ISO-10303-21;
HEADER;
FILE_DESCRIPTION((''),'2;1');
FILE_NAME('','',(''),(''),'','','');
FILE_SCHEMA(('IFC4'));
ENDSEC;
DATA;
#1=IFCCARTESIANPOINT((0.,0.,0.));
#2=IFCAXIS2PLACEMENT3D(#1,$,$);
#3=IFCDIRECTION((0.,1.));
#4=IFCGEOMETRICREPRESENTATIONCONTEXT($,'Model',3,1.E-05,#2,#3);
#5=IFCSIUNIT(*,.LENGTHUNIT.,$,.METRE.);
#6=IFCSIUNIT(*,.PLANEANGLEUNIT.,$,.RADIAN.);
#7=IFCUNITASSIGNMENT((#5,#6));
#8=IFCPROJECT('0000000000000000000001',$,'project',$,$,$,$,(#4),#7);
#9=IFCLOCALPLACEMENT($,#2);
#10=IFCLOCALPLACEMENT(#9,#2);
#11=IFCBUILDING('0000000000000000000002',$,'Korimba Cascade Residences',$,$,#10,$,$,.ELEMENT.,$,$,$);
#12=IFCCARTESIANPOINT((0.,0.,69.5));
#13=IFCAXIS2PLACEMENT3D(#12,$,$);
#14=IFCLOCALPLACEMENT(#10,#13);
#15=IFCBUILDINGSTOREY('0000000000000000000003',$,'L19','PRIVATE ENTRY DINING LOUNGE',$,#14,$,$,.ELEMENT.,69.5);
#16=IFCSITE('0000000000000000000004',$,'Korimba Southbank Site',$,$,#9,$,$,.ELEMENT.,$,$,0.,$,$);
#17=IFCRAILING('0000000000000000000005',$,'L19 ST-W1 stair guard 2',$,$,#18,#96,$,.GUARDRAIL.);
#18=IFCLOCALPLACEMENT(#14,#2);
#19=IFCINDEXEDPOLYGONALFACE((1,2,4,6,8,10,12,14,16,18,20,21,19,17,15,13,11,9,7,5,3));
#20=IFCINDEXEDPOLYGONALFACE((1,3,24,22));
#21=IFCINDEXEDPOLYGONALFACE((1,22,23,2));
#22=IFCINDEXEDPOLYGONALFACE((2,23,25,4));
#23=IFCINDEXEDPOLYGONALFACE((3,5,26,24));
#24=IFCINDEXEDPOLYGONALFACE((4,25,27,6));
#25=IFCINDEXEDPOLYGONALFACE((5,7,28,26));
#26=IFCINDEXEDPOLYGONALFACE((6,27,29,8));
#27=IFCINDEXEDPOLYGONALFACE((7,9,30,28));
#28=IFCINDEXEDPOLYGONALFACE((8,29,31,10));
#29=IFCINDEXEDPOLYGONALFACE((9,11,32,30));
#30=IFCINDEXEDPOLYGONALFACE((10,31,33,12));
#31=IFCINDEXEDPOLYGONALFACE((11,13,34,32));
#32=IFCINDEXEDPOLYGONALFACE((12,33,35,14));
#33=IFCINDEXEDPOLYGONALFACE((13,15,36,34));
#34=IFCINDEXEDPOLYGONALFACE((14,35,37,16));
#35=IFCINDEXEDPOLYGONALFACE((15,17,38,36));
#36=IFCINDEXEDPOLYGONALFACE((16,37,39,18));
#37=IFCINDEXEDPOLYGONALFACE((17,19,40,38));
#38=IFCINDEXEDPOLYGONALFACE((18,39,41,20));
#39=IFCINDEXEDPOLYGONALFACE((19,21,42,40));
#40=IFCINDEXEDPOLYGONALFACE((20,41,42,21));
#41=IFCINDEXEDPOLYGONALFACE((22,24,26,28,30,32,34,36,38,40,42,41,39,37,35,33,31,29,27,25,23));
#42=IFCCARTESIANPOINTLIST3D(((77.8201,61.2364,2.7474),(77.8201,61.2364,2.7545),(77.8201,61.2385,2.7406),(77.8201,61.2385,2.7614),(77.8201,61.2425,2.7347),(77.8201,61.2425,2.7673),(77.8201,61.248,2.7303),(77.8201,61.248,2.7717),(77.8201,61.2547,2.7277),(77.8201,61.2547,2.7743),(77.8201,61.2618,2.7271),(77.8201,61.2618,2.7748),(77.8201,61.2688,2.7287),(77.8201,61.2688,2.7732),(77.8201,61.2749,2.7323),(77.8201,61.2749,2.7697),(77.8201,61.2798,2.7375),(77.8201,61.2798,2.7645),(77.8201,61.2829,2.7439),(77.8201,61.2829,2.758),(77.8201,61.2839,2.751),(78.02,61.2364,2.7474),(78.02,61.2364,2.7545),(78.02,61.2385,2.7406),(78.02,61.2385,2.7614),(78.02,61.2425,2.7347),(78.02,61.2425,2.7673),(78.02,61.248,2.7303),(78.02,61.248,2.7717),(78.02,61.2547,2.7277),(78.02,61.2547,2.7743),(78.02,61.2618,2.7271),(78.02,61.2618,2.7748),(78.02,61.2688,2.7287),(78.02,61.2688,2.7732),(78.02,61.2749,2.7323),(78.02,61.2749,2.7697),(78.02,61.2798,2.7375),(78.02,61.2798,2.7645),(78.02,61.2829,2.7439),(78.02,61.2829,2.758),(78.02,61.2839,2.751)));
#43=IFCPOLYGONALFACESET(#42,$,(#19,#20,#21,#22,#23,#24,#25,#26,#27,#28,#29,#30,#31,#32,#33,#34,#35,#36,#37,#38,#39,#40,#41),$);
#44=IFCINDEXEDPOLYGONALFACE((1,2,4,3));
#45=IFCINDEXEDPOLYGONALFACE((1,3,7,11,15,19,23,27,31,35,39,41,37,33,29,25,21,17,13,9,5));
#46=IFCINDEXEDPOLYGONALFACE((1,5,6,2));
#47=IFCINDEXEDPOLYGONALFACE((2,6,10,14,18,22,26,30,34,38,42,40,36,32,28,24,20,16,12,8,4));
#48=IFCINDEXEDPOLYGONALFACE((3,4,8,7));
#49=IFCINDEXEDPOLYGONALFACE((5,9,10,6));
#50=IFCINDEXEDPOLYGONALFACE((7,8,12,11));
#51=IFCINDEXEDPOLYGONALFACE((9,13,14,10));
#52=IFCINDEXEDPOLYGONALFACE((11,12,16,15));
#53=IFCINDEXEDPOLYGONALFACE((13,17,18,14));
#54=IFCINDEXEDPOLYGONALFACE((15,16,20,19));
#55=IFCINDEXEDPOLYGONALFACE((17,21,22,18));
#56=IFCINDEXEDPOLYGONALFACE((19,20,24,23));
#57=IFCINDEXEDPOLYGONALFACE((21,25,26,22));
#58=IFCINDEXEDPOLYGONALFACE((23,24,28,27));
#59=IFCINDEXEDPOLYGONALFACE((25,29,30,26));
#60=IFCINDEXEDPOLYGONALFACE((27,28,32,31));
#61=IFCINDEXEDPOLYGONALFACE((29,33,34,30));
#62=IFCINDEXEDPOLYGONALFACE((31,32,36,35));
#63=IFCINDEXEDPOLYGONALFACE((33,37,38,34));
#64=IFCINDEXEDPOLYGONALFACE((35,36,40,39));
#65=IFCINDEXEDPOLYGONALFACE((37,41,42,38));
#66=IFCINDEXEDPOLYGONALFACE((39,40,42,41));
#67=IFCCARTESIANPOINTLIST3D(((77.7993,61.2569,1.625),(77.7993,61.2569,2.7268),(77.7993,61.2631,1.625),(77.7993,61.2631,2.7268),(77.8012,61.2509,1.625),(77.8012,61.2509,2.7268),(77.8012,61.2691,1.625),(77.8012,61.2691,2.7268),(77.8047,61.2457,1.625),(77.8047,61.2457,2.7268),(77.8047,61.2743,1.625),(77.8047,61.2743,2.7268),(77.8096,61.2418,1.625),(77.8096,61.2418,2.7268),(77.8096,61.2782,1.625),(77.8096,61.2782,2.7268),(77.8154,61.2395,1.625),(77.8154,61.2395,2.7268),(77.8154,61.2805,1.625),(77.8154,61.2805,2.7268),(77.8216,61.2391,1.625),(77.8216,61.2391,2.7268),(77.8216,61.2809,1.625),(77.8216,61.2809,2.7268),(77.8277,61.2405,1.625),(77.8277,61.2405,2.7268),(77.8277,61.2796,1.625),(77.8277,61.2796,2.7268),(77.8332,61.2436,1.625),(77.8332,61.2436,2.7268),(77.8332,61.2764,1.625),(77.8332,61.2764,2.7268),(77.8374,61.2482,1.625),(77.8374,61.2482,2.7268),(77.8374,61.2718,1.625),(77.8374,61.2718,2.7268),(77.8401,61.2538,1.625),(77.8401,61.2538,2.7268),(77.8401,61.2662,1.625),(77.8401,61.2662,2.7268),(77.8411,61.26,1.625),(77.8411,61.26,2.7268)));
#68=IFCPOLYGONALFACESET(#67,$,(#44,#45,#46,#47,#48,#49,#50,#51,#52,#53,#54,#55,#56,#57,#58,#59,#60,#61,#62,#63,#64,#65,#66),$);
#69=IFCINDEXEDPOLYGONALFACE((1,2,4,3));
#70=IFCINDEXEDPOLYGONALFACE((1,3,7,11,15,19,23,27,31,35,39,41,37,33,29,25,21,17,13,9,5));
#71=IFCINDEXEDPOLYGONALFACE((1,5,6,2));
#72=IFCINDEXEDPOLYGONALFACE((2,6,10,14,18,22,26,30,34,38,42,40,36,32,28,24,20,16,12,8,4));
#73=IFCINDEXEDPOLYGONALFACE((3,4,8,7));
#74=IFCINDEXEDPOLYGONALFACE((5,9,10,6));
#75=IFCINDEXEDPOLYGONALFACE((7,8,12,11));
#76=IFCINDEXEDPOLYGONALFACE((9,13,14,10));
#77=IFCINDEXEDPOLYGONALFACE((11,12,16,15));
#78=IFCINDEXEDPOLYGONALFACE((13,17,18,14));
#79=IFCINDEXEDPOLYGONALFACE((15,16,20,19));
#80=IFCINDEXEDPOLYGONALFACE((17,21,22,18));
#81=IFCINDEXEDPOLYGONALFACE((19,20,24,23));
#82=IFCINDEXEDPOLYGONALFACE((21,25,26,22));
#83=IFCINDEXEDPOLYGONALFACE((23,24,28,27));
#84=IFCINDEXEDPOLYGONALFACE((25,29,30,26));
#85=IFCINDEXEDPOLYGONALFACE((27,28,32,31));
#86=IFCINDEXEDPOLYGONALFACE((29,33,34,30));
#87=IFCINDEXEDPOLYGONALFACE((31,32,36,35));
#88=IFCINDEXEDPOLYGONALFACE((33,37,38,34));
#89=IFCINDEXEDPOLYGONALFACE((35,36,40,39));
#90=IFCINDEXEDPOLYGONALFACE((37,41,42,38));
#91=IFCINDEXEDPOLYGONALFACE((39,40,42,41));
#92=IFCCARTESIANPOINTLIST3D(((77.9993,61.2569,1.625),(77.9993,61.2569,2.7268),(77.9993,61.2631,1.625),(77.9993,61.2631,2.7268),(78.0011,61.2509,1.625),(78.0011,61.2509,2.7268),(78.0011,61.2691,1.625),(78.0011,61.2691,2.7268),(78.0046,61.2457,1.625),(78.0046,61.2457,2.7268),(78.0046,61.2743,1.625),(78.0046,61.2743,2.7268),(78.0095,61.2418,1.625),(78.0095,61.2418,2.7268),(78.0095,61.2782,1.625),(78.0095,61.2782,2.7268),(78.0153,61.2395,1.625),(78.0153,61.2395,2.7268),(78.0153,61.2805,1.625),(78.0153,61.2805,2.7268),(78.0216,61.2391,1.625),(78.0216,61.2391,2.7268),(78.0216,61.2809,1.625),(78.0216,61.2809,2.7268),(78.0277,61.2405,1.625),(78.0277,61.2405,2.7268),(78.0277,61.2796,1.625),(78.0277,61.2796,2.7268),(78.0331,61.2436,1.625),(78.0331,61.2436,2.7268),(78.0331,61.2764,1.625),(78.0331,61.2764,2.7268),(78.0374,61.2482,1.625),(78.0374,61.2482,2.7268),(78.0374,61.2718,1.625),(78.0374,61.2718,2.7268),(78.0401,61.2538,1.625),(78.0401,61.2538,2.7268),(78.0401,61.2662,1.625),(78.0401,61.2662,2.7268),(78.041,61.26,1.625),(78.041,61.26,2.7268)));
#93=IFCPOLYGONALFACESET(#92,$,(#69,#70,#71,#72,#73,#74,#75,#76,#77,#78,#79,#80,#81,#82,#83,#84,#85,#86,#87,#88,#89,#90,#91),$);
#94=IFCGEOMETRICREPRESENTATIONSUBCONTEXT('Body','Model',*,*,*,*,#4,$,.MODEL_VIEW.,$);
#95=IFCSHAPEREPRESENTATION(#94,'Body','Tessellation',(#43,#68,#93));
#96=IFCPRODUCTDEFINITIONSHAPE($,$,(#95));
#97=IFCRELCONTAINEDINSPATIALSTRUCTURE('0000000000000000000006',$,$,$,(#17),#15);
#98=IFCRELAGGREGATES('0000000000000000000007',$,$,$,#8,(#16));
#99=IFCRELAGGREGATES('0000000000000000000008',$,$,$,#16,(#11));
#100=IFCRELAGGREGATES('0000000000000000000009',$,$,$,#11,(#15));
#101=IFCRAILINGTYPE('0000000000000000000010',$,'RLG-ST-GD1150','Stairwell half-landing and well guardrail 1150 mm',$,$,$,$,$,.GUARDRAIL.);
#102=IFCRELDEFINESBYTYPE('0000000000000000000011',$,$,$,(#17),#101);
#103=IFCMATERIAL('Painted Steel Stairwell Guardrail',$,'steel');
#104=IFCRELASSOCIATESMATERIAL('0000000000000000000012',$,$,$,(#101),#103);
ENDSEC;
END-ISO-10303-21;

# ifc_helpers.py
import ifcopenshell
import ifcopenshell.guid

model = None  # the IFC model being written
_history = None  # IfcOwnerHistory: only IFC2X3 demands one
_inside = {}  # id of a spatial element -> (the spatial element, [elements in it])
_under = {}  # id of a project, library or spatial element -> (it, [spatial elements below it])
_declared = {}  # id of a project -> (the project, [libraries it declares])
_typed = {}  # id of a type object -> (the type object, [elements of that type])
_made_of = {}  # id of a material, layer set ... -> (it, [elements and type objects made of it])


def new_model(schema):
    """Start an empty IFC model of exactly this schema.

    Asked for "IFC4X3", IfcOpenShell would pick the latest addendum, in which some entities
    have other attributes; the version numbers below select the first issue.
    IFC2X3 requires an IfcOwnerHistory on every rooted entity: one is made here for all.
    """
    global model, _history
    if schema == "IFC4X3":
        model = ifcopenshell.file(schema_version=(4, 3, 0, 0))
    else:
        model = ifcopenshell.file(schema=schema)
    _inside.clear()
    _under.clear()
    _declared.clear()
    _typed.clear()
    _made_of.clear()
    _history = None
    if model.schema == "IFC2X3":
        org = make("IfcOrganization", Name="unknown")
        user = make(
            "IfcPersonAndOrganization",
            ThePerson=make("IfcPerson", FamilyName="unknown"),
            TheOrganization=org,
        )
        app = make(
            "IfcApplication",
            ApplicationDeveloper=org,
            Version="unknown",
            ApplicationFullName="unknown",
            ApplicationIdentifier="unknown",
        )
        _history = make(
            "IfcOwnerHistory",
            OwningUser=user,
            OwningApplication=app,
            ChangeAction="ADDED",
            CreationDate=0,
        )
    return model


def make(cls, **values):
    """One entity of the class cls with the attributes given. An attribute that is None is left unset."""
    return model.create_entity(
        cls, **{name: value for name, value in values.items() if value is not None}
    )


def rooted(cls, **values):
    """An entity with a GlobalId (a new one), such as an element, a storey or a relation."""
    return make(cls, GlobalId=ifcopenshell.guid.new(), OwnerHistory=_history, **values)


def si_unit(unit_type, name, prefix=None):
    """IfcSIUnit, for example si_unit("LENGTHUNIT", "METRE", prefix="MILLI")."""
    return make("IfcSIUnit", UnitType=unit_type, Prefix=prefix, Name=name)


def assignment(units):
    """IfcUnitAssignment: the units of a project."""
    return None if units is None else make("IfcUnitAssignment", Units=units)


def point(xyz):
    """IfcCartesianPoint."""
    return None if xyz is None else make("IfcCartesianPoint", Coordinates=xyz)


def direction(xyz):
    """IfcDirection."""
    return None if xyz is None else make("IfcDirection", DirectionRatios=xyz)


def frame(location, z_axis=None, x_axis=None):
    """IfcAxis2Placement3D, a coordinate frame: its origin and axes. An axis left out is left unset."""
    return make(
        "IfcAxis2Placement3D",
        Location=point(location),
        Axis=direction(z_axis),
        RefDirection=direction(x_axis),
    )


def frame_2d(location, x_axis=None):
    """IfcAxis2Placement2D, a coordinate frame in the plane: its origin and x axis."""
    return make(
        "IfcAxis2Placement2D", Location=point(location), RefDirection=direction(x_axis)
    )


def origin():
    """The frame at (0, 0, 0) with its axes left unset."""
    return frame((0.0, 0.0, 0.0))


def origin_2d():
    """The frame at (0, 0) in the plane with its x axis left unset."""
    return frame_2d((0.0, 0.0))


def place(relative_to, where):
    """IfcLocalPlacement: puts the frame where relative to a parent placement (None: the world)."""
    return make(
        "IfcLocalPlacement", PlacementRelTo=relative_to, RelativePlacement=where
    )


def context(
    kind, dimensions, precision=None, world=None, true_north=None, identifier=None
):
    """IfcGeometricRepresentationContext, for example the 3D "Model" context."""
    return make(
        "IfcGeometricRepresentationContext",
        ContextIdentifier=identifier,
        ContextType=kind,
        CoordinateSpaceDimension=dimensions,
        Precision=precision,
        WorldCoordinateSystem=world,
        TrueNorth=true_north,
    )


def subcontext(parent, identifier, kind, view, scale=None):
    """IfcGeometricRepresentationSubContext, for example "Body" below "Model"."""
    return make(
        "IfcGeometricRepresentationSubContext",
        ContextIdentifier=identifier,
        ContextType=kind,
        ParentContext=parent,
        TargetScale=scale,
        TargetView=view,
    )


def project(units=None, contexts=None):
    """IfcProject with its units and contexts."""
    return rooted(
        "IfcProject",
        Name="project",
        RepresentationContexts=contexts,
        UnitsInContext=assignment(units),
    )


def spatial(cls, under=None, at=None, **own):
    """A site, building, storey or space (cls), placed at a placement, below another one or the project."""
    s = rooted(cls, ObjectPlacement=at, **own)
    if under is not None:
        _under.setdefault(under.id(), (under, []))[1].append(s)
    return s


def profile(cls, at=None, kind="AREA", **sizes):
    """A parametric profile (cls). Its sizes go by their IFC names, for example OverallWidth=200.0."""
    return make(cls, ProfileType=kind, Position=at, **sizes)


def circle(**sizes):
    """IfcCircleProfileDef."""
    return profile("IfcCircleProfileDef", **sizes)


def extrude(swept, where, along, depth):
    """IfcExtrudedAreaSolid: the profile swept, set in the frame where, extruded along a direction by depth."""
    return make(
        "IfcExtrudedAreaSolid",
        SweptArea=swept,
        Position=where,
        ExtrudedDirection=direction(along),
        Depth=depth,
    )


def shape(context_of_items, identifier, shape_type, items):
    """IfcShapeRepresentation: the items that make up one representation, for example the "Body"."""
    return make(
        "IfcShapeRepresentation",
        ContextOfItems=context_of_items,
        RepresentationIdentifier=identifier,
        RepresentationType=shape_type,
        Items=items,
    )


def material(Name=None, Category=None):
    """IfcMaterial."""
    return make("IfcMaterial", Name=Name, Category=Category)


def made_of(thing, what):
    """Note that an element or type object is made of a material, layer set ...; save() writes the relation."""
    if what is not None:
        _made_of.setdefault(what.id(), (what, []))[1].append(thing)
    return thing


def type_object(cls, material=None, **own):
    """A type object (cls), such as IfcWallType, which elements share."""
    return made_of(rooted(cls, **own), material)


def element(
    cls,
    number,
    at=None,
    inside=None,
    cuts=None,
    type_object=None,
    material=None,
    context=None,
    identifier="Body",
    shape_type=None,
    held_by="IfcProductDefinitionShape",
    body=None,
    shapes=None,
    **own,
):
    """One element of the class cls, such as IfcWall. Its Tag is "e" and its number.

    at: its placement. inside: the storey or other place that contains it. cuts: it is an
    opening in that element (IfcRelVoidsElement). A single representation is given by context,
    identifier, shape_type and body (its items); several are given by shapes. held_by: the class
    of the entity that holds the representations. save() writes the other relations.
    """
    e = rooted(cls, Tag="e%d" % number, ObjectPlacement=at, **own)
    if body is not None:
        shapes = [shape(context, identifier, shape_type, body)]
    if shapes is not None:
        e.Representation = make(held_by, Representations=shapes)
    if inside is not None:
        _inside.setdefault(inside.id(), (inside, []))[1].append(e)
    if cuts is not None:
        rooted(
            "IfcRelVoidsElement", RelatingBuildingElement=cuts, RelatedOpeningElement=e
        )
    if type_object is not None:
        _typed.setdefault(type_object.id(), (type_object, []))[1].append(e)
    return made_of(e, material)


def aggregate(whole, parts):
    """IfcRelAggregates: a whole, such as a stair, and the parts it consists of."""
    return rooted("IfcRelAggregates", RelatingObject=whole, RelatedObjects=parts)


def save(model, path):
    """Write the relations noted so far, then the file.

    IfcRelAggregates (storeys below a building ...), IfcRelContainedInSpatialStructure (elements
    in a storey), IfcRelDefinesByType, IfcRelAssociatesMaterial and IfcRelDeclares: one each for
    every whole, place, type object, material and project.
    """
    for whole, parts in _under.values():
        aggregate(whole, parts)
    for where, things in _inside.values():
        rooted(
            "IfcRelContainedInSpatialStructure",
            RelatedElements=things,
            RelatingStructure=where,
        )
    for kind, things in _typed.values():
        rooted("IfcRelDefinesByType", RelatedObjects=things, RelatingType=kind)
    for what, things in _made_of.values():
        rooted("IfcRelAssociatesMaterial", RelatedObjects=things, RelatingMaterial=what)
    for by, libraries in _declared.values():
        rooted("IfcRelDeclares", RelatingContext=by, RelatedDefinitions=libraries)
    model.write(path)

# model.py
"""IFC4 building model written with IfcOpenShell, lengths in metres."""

from ifc_helpers import new_model, si_unit, direction, frame, origin, origin_2d, place, context, subcontext, project, spatial, circle, extrude, material, type_object, element, save


model = new_model("IFC4")

# Units and contexts
model_context = context("Model", 3, precision=1e-05, world=origin(), true_north=direction((0.0, 1.0)))
body_context = subcontext(model_context, "Body", "Model", "MODEL_VIEW")
ifc_project = project(units=[si_unit("LENGTHUNIT", "METRE"), si_unit("PLANEANGLEUNIT", "RADIAN")], contexts=[model_context])

# Site, building, storey
site_placement = place(None, origin())
site = spatial("IfcSite", under=ifc_project, at=site_placement, Name="Korimba Southbank Site", CompositionType="ELEMENT", RefElevation=0.0)
building_placement = place(site_placement, origin())
building = spatial("IfcBuilding", under=site, at=building_placement, Name="Korimba Cascade Residences", CompositionType="ELEMENT")
storey_placement = place(building_placement, frame((0.0, 0.0, 69.5)))
storey = spatial("IfcBuildingStorey", under=building, at=storey_placement, Name="L19", Description="PRIVATE ENTRY DINING LOUNGE", CompositionType="ELEMENT", Elevation=69.5)

# Railing
ifc_material_1 = material(Name="Painted Steel Stairwell Guardrail", Category="steel")
railing_type_1 = type_object("IfcRailingType", Name="RLG-ST-GD1150", Description="Stairwell half-landing and well guardrail 1150 mm", PredefinedType="GUARDRAIL", material=ifc_material_1)
railing_1_placement = place(storey_placement, frame((77.8201, 61.26, 1.625)))
element("IfcRailing", 1, at=railing_1_placement, inside=storey, type_object=railing_type_1, Name="L19 ST-W1 stair guard 2", PredefinedType="GUARDRAIL", context=body_context, shape_type="SweptSolid", body=[
    extrude(circle(Radius=0.0239, at=origin_2d()), frame((0.0, 0.0, 1.126), z_axis=(1.0, 0.0, 0.0), x_axis=(0.0, 1.0, 0.0)), (0.0, 0.0, 1.0), 0.2),
    extrude(circle(Radius=0.021, at=origin_2d()), origin(), (0.0, 0.0, 1.0), 1.1018),
    extrude(circle(Radius=0.021, at=origin_2d()), frame((0.2, 0.0, 0.0)), (0.0, 0.0, 1.0), 1.1018),
])

save(model, "model.ifc")
